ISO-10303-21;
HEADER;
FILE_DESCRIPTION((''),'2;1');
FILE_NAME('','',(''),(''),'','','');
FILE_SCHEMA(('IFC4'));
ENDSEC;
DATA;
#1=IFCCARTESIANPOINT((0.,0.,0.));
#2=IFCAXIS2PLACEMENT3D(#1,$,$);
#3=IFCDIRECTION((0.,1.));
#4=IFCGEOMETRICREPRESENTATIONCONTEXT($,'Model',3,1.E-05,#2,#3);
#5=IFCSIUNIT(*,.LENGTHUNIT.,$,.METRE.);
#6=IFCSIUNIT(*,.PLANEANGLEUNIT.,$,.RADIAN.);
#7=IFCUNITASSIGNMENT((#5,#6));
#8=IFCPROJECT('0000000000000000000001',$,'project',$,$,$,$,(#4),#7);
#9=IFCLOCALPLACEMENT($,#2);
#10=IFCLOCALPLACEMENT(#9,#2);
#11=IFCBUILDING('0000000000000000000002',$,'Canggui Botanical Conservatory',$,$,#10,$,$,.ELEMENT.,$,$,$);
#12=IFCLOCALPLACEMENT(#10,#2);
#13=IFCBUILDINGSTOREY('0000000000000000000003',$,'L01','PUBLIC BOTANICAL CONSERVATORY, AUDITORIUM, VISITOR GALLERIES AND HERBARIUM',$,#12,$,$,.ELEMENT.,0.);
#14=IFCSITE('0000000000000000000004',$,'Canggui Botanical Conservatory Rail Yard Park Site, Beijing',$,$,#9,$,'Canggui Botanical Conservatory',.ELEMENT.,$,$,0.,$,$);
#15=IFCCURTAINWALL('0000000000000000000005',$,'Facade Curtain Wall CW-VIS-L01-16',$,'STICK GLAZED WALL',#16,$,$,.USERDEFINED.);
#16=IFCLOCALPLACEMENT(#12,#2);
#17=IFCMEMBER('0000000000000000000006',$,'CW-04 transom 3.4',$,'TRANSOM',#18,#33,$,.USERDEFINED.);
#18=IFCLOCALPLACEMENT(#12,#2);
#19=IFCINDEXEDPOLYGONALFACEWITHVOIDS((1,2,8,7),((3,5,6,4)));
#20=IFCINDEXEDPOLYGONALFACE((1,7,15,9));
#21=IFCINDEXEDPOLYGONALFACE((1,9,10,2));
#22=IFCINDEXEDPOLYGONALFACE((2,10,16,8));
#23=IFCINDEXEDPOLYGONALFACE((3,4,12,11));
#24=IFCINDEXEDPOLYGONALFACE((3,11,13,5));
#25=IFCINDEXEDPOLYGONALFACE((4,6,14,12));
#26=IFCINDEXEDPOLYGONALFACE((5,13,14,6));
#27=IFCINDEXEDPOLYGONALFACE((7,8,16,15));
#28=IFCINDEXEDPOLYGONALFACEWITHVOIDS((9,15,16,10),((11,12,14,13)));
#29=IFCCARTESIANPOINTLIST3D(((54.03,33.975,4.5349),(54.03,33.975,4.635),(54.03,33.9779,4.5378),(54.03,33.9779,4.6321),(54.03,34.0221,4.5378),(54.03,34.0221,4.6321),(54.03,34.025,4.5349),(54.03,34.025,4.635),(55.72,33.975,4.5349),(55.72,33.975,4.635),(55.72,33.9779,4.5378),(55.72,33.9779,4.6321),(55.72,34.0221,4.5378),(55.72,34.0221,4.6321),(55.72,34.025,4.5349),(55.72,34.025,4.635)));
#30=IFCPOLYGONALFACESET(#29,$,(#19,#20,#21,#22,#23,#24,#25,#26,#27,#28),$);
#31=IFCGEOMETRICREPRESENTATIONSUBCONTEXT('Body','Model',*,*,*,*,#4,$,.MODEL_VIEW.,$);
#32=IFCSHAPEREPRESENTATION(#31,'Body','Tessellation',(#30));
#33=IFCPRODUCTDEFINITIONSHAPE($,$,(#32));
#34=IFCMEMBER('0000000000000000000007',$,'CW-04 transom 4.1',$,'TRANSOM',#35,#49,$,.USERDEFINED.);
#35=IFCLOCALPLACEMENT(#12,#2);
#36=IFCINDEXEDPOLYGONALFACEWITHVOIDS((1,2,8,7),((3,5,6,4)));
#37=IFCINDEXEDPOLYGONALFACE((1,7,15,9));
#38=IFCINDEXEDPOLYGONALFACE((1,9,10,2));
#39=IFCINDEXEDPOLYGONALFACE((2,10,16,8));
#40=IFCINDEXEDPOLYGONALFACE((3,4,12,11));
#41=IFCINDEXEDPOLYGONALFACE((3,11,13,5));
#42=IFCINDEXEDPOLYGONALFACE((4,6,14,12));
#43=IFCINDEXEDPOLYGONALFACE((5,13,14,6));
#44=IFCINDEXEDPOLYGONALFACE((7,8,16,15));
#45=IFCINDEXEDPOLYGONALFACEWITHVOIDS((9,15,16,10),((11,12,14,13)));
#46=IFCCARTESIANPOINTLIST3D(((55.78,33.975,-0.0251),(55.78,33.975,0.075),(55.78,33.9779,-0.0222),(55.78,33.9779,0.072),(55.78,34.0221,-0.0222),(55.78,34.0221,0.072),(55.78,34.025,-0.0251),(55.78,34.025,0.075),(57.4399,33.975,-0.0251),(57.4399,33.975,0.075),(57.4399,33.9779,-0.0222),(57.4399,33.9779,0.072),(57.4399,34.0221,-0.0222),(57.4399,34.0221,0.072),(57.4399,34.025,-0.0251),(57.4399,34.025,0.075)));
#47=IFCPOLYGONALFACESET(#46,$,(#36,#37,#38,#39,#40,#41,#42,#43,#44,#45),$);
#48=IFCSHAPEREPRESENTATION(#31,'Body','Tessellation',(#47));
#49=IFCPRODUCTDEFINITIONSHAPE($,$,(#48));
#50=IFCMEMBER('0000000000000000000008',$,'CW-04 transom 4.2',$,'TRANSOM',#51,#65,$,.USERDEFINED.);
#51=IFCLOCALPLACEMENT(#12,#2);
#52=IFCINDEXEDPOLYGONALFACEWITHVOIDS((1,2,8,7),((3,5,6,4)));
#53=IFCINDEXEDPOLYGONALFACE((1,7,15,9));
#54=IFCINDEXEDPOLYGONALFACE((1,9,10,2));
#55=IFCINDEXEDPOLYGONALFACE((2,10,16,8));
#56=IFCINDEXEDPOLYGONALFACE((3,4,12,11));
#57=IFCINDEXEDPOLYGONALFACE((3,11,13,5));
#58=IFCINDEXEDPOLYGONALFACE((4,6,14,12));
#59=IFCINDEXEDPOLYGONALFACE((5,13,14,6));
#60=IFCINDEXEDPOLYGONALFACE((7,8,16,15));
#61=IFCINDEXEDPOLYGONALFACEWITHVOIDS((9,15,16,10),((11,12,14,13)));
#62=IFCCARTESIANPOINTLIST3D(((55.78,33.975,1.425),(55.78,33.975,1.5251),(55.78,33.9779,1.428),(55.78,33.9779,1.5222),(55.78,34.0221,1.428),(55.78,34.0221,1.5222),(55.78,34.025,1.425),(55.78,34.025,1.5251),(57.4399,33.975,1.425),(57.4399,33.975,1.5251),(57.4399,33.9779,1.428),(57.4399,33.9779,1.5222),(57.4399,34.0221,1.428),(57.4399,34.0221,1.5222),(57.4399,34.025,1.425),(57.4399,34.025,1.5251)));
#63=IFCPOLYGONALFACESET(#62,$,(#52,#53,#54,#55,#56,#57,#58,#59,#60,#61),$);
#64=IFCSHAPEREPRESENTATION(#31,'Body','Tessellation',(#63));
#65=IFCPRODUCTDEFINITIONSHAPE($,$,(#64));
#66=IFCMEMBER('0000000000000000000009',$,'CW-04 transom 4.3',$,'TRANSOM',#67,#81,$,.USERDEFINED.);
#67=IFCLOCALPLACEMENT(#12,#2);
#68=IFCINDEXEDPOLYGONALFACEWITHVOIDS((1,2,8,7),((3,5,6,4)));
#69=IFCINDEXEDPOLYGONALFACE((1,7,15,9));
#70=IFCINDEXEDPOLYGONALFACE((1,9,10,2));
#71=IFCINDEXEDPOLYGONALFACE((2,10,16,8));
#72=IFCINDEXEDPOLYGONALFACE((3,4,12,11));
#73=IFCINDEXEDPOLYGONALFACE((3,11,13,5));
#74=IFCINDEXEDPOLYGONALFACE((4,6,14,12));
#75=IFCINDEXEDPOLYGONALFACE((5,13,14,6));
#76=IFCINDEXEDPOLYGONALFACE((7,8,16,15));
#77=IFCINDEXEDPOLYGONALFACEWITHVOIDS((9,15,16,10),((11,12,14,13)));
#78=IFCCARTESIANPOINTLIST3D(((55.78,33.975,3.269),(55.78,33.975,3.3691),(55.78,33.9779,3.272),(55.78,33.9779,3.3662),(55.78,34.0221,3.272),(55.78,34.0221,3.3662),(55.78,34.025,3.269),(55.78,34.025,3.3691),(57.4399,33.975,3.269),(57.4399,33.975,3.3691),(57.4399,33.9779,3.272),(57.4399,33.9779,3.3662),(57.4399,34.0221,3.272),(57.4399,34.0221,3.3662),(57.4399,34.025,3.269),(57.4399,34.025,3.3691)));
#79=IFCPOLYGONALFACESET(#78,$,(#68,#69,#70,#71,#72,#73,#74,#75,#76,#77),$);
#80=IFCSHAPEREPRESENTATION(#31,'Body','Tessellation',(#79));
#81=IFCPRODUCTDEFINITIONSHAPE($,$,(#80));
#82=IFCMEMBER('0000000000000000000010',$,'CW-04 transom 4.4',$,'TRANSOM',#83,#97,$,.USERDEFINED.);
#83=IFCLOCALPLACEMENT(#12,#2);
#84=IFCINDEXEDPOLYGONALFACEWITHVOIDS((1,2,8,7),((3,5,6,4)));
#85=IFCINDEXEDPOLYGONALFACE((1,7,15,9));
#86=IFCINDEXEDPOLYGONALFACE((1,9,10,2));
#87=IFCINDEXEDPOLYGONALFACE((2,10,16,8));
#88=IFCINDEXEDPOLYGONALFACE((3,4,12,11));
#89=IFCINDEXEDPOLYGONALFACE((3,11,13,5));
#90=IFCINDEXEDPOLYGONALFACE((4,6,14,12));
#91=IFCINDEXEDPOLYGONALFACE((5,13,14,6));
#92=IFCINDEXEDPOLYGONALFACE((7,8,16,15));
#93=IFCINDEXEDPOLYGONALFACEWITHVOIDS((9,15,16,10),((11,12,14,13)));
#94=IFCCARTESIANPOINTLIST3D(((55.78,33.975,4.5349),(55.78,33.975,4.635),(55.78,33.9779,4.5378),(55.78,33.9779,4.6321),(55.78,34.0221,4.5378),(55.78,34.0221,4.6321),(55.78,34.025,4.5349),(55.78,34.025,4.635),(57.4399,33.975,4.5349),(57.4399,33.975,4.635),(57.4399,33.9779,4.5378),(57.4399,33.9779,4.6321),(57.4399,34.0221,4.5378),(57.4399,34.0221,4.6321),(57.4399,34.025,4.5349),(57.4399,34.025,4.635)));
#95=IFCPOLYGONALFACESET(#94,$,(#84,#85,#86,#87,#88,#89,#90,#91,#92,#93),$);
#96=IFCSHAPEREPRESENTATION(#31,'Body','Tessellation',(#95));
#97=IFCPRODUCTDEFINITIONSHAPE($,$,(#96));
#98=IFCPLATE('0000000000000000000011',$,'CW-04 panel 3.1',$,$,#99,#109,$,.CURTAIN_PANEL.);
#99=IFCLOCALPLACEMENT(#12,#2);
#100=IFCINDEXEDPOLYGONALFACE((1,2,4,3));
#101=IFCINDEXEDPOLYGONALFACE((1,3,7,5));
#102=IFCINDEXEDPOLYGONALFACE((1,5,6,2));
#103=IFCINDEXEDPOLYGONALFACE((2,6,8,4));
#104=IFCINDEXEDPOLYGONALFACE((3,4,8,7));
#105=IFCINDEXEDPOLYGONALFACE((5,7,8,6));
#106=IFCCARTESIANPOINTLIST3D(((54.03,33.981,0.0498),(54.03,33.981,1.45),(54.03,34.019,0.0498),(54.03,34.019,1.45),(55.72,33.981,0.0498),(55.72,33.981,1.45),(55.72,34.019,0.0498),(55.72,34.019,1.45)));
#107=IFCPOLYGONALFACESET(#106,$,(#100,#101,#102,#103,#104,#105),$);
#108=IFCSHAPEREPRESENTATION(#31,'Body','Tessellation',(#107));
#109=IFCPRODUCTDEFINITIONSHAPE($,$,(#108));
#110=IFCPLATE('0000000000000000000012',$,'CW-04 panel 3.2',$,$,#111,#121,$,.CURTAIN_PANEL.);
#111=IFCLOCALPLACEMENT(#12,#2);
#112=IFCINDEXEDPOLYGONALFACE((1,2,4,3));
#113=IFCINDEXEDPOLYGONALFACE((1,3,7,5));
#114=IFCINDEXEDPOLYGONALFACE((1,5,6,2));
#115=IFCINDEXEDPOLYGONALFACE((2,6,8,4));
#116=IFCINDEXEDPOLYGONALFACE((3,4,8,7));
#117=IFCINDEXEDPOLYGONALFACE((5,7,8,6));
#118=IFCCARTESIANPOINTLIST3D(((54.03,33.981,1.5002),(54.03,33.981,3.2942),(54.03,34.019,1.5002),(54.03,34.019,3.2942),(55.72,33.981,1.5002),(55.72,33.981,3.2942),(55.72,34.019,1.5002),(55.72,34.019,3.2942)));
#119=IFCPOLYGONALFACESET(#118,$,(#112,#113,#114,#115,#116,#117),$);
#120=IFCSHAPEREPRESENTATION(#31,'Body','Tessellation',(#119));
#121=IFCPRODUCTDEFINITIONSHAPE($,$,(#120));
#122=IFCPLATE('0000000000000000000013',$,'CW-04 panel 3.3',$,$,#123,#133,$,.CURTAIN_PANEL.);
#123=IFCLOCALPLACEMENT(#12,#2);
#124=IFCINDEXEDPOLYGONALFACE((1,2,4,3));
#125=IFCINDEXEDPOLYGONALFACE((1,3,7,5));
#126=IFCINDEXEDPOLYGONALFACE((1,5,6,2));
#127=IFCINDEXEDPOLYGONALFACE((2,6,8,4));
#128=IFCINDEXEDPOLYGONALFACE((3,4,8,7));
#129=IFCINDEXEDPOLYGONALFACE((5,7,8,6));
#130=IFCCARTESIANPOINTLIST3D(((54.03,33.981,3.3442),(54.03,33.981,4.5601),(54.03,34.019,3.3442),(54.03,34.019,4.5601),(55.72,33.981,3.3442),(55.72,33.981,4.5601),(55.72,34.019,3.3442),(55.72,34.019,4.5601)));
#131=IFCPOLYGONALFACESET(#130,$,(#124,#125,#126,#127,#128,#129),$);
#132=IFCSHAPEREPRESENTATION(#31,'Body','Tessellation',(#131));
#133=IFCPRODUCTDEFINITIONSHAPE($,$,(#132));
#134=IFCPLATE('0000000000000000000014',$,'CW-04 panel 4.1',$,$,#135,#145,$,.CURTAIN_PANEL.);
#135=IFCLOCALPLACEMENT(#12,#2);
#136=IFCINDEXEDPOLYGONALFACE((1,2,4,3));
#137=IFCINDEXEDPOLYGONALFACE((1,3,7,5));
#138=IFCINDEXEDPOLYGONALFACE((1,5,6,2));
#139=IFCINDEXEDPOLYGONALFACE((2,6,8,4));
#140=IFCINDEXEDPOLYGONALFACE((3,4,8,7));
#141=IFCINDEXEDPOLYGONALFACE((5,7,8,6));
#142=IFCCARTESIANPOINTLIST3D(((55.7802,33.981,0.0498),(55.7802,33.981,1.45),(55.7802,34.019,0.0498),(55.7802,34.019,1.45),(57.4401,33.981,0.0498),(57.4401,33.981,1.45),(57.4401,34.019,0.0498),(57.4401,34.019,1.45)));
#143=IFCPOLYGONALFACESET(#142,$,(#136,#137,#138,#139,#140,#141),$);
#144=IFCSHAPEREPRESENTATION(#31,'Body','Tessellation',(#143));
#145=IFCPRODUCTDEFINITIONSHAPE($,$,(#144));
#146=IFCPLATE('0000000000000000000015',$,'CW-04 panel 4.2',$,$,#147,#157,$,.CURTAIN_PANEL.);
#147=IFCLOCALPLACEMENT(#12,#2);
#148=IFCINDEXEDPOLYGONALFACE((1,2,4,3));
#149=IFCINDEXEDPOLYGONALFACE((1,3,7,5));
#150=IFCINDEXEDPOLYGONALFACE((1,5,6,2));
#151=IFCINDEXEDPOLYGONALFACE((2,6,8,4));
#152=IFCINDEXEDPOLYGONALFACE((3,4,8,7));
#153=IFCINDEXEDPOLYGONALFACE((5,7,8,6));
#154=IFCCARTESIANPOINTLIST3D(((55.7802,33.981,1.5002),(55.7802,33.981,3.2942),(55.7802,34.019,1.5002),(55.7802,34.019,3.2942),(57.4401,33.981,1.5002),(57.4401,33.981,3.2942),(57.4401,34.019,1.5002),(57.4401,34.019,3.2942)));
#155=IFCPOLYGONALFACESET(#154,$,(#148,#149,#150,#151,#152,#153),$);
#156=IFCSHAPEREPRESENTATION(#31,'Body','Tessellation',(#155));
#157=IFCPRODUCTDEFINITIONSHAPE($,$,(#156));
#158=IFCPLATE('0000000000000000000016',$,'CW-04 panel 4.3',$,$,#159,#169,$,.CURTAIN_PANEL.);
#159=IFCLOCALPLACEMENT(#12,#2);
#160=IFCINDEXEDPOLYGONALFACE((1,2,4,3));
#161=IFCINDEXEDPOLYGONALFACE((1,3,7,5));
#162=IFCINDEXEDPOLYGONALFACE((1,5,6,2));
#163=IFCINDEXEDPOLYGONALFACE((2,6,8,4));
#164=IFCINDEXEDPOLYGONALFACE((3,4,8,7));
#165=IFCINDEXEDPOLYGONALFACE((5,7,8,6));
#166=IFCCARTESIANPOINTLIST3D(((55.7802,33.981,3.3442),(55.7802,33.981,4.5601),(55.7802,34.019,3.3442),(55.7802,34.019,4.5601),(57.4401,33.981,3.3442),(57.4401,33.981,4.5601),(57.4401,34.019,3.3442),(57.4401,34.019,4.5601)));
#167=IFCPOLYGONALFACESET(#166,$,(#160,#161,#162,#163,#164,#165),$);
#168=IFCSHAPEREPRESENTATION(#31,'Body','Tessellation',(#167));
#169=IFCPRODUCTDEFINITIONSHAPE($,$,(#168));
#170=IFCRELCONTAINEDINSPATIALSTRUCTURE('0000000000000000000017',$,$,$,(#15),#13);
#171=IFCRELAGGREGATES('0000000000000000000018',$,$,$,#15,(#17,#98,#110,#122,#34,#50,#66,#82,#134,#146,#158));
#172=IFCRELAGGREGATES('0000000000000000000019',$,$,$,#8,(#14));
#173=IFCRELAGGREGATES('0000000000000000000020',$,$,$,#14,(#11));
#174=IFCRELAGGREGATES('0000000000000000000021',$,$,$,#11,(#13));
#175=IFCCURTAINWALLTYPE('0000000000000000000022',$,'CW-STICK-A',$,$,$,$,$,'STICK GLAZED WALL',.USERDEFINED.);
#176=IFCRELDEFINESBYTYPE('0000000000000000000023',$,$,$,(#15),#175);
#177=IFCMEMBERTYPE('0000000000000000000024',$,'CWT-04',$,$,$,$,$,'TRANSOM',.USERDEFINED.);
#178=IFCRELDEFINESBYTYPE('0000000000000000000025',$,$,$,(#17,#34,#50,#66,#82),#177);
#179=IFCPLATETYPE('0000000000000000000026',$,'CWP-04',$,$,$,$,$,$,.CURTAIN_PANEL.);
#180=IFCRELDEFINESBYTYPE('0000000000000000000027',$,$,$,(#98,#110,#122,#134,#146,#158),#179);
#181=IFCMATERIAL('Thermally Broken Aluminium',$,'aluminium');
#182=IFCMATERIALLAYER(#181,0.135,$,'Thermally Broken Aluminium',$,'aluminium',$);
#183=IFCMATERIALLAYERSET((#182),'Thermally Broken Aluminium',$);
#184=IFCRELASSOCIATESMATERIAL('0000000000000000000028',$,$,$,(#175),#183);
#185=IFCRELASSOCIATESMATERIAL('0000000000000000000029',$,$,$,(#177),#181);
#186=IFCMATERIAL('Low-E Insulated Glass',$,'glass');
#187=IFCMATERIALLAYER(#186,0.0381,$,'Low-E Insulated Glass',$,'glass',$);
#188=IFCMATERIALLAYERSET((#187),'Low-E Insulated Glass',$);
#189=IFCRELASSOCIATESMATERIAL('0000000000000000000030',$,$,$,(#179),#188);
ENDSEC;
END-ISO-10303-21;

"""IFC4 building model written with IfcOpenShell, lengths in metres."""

from ifc_helpers import new_model, si_unit, direction, frame, origin, origin_2d, place, context, subcontext, project, spatial, rectangle, hollow_rectangle, extrude, material, layer, layer_set, material_profile, profile_set, type_object, element, aggregate, save


model = new_model("IFC4")

# Units and contexts
model_context = context("Model", 3, precision=1e-05, world=origin(), true_north=direction((0.0, 1.0)))
body_context = subcontext(model_context, "Body", "Model", "MODEL_VIEW")
ifc_project = project(units=[si_unit("LENGTHUNIT", "METRE"), si_unit("PLANEANGLEUNIT", "RADIAN")], contexts=[model_context])

# Site, building, storey
site_placement = place(None, origin())
site = spatial("IfcSite", under=ifc_project, at=site_placement, Name="Canggui Botanical Conservatory Rail Yard Park Site, Beijing", LongName="Canggui Botanical Conservatory", CompositionType="ELEMENT", RefElevation=0.0)
building_placement = place(site_placement, origin())
building = spatial("IfcBuilding", under=site, at=building_placement, Name="Canggui Botanical Conservatory", CompositionType="ELEMENT")
storey_placement = place(building_placement, origin())
storey = spatial("IfcBuildingStorey", under=building, at=storey_placement, Name="L01", Description="PUBLIC BOTANICAL CONSERVATORY, AUDITORIUM, VISITOR GALLERIES AND HERBARIUM", CompositionType="ELEMENT", Elevation=0.0)

# Curtain wall, members, plates
ifc_material_1 = material(Name="Thermally Broken Aluminium", Category="aluminium")
ifc_layer_1 = layer(ifc_material_1, 0.135, Name="Thermally Broken Aluminium", Category="aluminium")
ifc_layer_set_1 = layer_set([ifc_layer_1], Name="Thermally Broken Aluminium")
curtain_wall_type = type_object("IfcCurtainWallType", Name="CW-STICK-A", ElementType="STICK GLAZED WALL", PredefinedType="USERDEFINED", material=ifc_layer_set_1)
curtain_wall_placement = place(storey_placement, origin())
curtain_wall = element("IfcCurtainWall", 1, at=curtain_wall_placement, inside=storey, type_object=curtain_wall_type, Name="Facade Curtain Wall CW-VIS-L01-16", ObjectType="STICK GLAZED WALL", PredefinedType="USERDEFINED")
ifc_material_profile_1 = material_profile(ifc_material_1, hollow_rectangle(XDim=0.05, YDim=0.1001, WallThickness=0.0029, at=origin_2d()), Name="CWT 50x100x3")
ifc_profile_set_1 = profile_set([ifc_material_profile_1], Name="Thermally Broken Aluminium")
member_type_1 = type_object("IfcMemberType", Name="CWT-04", ElementType="TRANSOM", PredefinedType="USERDEFINED", material=ifc_profile_set_1)
member_1_placement = place(storey_placement, frame((54.03, 34.0, 4.585), z_axis=(1.0, 0.0, 0.0), x_axis=(0.0, 1.0, 0.0)))
member_1 = element("IfcMember", 2, at=member_1_placement, type_object=member_type_1, Name="CW-04 transom 3.4", ObjectType="TRANSOM", PredefinedType="USERDEFINED", context=body_context, shape_type="SweptSolid", body=[
    extrude(hollow_rectangle(XDim=0.05, YDim=0.1001, WallThickness=0.0029, at=origin_2d()), origin(), (0.0, 0.0, 1.0), 1.6899),
])
member_2_placement = place(storey_placement, frame((55.78, 34.0, 0.0249), z_axis=(1.0, 0.0, 0.0), x_axis=(0.0, 1.0, 0.0)))
member_2 = element("IfcMember", 3, at=member_2_placement, type_object=member_type_1, Name="CW-04 transom 4.1", ObjectType="TRANSOM", PredefinedType="USERDEFINED", context=body_context, shape_type="SweptSolid", body=[
    extrude(hollow_rectangle(XDim=0.05, YDim=0.1001, WallThickness=0.0029, at=origin_2d()), origin(), (0.0, 0.0, 1.0), 1.6599),
])
member_3_placement = place(storey_placement, frame((55.78, 34.0, 1.4751), z_axis=(1.0, 0.0, 0.0), x_axis=(0.0, 1.0, 0.0)))
member_3 = element("IfcMember", 4, at=member_3_placement, type_object=member_type_1, Name="CW-04 transom 4.2", ObjectType="TRANSOM", PredefinedType="USERDEFINED", context=body_context, shape_type="SweptSolid", body=[
    extrude(hollow_rectangle(XDim=0.05, YDim=0.1001, WallThickness=0.0029, at=origin_2d()), origin(), (0.0, 0.0, 1.0), 1.6599),
])
member_4_placement = place(storey_placement, frame((55.78, 34.0, 3.3191), z_axis=(1.0, 0.0, 0.0), x_axis=(0.0, 1.0, 0.0)))
member_4 = element("IfcMember", 5, at=member_4_placement, type_object=member_type_1, Name="CW-04 transom 4.3", ObjectType="TRANSOM", PredefinedType="USERDEFINED", context=body_context, shape_type="SweptSolid", body=[
    extrude(hollow_rectangle(XDim=0.05, YDim=0.1001, WallThickness=0.0029, at=origin_2d()), origin(), (0.0, 0.0, 1.0), 1.6599),
])
member_5_placement = place(storey_placement, frame((55.78, 34.0, 4.585), z_axis=(1.0, 0.0, 0.0), x_axis=(0.0, 1.0, 0.0)))
member_5 = element("IfcMember", 6, at=member_5_placement, type_object=member_type_1, Name="CW-04 transom 4.4", ObjectType="TRANSOM", PredefinedType="USERDEFINED", context=body_context, shape_type="SweptSolid", body=[
    extrude(hollow_rectangle(XDim=0.05, YDim=0.1001, WallThickness=0.0029, at=origin_2d()), origin(), (0.0, 0.0, 1.0), 1.6599),
])
ifc_material_2 = material(Name="Low-E Insulated Glass", Category="glass")
ifc_layer_2 = layer(ifc_material_2, 0.0381, Name="Low-E Insulated Glass", Category="glass")
ifc_layer_set_2 = layer_set([ifc_layer_2], Name="Low-E Insulated Glass")
plate_type = type_object("IfcPlateType", Name="CWP-04", PredefinedType="CURTAIN_PANEL", material=ifc_layer_set_2)
plate_1_placement = place(storey_placement, frame((54.875, 34.0, 0.0498), z_axis=(0.0, 0.0, 1.0), x_axis=(1.0, 0.0, 0.0)))
plate_1 = element("IfcPlate", 7, at=plate_1_placement, type_object=plate_type, Name="CW-04 panel 3.1", PredefinedType="CURTAIN_PANEL", context=body_context, shape_type="SweptSolid", body=[
    extrude(rectangle(XDim=1.6899, YDim=0.0381, at=origin_2d()), origin(), (0.0, 0.0, 1.0), 1.4001),
])
plate_2_placement = place(storey_placement, frame((54.875, 34.0, 1.5002), z_axis=(0.0, 0.0, 1.0), x_axis=(1.0, 0.0, 0.0)))
plate_2 = element("IfcPlate", 8, at=plate_2_placement, type_object=plate_type, Name="CW-04 panel 3.2", PredefinedType="CURTAIN_PANEL", context=body_context, shape_type="SweptSolid", body=[
    extrude(rectangle(XDim=1.6899, YDim=0.0381, at=origin_2d()), origin(), (0.0, 0.0, 1.0), 1.7939),
])
plate_3_placement = place(storey_placement, frame((54.875, 34.0, 3.3442), z_axis=(0.0, 0.0, 1.0), x_axis=(1.0, 0.0, 0.0)))
plate_3 = element("IfcPlate", 9, at=plate_3_placement, type_object=plate_type, Name="CW-04 panel 3.3", PredefinedType="CURTAIN_PANEL", context=body_context, shape_type="SweptSolid", body=[
    extrude(rectangle(XDim=1.6899, YDim=0.0381, at=origin_2d()), origin(), (0.0, 0.0, 1.0), 1.2158),
])
plate_4_placement = place(storey_placement, frame((56.6101, 34.0, 0.0498), z_axis=(0.0, 0.0, 1.0), x_axis=(1.0, 0.0, 0.0)))
plate_4 = element("IfcPlate", 10, at=plate_4_placement, type_object=plate_type, Name="CW-04 panel 4.1", PredefinedType="CURTAIN_PANEL", context=body_context, shape_type="SweptSolid", body=[
    extrude(rectangle(XDim=1.6599, YDim=0.0381, at=origin_2d()), origin(), (0.0, 0.0, 1.0), 1.4001),
])
plate_5_placement = place(storey_placement, frame((56.6101, 34.0, 1.5002), z_axis=(0.0, 0.0, 1.0), x_axis=(1.0, 0.0, 0.0)))
plate_5 = element("IfcPlate", 11, at=plate_5_placement, type_object=plate_type, Name="CW-04 panel 4.2", PredefinedType="CURTAIN_PANEL", context=body_context, shape_type="SweptSolid", body=[
    extrude(rectangle(XDim=1.6599, YDim=0.0381, at=origin_2d()), origin(), (0.0, 0.0, 1.0), 1.7939),
])
plate_6_placement = place(storey_placement, frame((56.6101, 34.0, 3.3442), z_axis=(0.0, 0.0, 1.0), x_axis=(1.0, 0.0, 0.0)))
plate_6 = element("IfcPlate", 12, at=plate_6_placement, type_object=plate_type, Name="CW-04 panel 4.3", PredefinedType="CURTAIN_PANEL", context=body_context, shape_type="SweptSolid", body=[
    extrude(rectangle(XDim=1.6599, YDim=0.0381, at=origin_2d()), origin(), (0.0, 0.0, 1.0), 1.2158),
])
aggregate(curtain_wall, [member_1, plate_1, plate_2, plate_3, member_2, member_3, member_4, member_5, plate_4, plate_5, plate_6])

save(model, "model.ifc")
